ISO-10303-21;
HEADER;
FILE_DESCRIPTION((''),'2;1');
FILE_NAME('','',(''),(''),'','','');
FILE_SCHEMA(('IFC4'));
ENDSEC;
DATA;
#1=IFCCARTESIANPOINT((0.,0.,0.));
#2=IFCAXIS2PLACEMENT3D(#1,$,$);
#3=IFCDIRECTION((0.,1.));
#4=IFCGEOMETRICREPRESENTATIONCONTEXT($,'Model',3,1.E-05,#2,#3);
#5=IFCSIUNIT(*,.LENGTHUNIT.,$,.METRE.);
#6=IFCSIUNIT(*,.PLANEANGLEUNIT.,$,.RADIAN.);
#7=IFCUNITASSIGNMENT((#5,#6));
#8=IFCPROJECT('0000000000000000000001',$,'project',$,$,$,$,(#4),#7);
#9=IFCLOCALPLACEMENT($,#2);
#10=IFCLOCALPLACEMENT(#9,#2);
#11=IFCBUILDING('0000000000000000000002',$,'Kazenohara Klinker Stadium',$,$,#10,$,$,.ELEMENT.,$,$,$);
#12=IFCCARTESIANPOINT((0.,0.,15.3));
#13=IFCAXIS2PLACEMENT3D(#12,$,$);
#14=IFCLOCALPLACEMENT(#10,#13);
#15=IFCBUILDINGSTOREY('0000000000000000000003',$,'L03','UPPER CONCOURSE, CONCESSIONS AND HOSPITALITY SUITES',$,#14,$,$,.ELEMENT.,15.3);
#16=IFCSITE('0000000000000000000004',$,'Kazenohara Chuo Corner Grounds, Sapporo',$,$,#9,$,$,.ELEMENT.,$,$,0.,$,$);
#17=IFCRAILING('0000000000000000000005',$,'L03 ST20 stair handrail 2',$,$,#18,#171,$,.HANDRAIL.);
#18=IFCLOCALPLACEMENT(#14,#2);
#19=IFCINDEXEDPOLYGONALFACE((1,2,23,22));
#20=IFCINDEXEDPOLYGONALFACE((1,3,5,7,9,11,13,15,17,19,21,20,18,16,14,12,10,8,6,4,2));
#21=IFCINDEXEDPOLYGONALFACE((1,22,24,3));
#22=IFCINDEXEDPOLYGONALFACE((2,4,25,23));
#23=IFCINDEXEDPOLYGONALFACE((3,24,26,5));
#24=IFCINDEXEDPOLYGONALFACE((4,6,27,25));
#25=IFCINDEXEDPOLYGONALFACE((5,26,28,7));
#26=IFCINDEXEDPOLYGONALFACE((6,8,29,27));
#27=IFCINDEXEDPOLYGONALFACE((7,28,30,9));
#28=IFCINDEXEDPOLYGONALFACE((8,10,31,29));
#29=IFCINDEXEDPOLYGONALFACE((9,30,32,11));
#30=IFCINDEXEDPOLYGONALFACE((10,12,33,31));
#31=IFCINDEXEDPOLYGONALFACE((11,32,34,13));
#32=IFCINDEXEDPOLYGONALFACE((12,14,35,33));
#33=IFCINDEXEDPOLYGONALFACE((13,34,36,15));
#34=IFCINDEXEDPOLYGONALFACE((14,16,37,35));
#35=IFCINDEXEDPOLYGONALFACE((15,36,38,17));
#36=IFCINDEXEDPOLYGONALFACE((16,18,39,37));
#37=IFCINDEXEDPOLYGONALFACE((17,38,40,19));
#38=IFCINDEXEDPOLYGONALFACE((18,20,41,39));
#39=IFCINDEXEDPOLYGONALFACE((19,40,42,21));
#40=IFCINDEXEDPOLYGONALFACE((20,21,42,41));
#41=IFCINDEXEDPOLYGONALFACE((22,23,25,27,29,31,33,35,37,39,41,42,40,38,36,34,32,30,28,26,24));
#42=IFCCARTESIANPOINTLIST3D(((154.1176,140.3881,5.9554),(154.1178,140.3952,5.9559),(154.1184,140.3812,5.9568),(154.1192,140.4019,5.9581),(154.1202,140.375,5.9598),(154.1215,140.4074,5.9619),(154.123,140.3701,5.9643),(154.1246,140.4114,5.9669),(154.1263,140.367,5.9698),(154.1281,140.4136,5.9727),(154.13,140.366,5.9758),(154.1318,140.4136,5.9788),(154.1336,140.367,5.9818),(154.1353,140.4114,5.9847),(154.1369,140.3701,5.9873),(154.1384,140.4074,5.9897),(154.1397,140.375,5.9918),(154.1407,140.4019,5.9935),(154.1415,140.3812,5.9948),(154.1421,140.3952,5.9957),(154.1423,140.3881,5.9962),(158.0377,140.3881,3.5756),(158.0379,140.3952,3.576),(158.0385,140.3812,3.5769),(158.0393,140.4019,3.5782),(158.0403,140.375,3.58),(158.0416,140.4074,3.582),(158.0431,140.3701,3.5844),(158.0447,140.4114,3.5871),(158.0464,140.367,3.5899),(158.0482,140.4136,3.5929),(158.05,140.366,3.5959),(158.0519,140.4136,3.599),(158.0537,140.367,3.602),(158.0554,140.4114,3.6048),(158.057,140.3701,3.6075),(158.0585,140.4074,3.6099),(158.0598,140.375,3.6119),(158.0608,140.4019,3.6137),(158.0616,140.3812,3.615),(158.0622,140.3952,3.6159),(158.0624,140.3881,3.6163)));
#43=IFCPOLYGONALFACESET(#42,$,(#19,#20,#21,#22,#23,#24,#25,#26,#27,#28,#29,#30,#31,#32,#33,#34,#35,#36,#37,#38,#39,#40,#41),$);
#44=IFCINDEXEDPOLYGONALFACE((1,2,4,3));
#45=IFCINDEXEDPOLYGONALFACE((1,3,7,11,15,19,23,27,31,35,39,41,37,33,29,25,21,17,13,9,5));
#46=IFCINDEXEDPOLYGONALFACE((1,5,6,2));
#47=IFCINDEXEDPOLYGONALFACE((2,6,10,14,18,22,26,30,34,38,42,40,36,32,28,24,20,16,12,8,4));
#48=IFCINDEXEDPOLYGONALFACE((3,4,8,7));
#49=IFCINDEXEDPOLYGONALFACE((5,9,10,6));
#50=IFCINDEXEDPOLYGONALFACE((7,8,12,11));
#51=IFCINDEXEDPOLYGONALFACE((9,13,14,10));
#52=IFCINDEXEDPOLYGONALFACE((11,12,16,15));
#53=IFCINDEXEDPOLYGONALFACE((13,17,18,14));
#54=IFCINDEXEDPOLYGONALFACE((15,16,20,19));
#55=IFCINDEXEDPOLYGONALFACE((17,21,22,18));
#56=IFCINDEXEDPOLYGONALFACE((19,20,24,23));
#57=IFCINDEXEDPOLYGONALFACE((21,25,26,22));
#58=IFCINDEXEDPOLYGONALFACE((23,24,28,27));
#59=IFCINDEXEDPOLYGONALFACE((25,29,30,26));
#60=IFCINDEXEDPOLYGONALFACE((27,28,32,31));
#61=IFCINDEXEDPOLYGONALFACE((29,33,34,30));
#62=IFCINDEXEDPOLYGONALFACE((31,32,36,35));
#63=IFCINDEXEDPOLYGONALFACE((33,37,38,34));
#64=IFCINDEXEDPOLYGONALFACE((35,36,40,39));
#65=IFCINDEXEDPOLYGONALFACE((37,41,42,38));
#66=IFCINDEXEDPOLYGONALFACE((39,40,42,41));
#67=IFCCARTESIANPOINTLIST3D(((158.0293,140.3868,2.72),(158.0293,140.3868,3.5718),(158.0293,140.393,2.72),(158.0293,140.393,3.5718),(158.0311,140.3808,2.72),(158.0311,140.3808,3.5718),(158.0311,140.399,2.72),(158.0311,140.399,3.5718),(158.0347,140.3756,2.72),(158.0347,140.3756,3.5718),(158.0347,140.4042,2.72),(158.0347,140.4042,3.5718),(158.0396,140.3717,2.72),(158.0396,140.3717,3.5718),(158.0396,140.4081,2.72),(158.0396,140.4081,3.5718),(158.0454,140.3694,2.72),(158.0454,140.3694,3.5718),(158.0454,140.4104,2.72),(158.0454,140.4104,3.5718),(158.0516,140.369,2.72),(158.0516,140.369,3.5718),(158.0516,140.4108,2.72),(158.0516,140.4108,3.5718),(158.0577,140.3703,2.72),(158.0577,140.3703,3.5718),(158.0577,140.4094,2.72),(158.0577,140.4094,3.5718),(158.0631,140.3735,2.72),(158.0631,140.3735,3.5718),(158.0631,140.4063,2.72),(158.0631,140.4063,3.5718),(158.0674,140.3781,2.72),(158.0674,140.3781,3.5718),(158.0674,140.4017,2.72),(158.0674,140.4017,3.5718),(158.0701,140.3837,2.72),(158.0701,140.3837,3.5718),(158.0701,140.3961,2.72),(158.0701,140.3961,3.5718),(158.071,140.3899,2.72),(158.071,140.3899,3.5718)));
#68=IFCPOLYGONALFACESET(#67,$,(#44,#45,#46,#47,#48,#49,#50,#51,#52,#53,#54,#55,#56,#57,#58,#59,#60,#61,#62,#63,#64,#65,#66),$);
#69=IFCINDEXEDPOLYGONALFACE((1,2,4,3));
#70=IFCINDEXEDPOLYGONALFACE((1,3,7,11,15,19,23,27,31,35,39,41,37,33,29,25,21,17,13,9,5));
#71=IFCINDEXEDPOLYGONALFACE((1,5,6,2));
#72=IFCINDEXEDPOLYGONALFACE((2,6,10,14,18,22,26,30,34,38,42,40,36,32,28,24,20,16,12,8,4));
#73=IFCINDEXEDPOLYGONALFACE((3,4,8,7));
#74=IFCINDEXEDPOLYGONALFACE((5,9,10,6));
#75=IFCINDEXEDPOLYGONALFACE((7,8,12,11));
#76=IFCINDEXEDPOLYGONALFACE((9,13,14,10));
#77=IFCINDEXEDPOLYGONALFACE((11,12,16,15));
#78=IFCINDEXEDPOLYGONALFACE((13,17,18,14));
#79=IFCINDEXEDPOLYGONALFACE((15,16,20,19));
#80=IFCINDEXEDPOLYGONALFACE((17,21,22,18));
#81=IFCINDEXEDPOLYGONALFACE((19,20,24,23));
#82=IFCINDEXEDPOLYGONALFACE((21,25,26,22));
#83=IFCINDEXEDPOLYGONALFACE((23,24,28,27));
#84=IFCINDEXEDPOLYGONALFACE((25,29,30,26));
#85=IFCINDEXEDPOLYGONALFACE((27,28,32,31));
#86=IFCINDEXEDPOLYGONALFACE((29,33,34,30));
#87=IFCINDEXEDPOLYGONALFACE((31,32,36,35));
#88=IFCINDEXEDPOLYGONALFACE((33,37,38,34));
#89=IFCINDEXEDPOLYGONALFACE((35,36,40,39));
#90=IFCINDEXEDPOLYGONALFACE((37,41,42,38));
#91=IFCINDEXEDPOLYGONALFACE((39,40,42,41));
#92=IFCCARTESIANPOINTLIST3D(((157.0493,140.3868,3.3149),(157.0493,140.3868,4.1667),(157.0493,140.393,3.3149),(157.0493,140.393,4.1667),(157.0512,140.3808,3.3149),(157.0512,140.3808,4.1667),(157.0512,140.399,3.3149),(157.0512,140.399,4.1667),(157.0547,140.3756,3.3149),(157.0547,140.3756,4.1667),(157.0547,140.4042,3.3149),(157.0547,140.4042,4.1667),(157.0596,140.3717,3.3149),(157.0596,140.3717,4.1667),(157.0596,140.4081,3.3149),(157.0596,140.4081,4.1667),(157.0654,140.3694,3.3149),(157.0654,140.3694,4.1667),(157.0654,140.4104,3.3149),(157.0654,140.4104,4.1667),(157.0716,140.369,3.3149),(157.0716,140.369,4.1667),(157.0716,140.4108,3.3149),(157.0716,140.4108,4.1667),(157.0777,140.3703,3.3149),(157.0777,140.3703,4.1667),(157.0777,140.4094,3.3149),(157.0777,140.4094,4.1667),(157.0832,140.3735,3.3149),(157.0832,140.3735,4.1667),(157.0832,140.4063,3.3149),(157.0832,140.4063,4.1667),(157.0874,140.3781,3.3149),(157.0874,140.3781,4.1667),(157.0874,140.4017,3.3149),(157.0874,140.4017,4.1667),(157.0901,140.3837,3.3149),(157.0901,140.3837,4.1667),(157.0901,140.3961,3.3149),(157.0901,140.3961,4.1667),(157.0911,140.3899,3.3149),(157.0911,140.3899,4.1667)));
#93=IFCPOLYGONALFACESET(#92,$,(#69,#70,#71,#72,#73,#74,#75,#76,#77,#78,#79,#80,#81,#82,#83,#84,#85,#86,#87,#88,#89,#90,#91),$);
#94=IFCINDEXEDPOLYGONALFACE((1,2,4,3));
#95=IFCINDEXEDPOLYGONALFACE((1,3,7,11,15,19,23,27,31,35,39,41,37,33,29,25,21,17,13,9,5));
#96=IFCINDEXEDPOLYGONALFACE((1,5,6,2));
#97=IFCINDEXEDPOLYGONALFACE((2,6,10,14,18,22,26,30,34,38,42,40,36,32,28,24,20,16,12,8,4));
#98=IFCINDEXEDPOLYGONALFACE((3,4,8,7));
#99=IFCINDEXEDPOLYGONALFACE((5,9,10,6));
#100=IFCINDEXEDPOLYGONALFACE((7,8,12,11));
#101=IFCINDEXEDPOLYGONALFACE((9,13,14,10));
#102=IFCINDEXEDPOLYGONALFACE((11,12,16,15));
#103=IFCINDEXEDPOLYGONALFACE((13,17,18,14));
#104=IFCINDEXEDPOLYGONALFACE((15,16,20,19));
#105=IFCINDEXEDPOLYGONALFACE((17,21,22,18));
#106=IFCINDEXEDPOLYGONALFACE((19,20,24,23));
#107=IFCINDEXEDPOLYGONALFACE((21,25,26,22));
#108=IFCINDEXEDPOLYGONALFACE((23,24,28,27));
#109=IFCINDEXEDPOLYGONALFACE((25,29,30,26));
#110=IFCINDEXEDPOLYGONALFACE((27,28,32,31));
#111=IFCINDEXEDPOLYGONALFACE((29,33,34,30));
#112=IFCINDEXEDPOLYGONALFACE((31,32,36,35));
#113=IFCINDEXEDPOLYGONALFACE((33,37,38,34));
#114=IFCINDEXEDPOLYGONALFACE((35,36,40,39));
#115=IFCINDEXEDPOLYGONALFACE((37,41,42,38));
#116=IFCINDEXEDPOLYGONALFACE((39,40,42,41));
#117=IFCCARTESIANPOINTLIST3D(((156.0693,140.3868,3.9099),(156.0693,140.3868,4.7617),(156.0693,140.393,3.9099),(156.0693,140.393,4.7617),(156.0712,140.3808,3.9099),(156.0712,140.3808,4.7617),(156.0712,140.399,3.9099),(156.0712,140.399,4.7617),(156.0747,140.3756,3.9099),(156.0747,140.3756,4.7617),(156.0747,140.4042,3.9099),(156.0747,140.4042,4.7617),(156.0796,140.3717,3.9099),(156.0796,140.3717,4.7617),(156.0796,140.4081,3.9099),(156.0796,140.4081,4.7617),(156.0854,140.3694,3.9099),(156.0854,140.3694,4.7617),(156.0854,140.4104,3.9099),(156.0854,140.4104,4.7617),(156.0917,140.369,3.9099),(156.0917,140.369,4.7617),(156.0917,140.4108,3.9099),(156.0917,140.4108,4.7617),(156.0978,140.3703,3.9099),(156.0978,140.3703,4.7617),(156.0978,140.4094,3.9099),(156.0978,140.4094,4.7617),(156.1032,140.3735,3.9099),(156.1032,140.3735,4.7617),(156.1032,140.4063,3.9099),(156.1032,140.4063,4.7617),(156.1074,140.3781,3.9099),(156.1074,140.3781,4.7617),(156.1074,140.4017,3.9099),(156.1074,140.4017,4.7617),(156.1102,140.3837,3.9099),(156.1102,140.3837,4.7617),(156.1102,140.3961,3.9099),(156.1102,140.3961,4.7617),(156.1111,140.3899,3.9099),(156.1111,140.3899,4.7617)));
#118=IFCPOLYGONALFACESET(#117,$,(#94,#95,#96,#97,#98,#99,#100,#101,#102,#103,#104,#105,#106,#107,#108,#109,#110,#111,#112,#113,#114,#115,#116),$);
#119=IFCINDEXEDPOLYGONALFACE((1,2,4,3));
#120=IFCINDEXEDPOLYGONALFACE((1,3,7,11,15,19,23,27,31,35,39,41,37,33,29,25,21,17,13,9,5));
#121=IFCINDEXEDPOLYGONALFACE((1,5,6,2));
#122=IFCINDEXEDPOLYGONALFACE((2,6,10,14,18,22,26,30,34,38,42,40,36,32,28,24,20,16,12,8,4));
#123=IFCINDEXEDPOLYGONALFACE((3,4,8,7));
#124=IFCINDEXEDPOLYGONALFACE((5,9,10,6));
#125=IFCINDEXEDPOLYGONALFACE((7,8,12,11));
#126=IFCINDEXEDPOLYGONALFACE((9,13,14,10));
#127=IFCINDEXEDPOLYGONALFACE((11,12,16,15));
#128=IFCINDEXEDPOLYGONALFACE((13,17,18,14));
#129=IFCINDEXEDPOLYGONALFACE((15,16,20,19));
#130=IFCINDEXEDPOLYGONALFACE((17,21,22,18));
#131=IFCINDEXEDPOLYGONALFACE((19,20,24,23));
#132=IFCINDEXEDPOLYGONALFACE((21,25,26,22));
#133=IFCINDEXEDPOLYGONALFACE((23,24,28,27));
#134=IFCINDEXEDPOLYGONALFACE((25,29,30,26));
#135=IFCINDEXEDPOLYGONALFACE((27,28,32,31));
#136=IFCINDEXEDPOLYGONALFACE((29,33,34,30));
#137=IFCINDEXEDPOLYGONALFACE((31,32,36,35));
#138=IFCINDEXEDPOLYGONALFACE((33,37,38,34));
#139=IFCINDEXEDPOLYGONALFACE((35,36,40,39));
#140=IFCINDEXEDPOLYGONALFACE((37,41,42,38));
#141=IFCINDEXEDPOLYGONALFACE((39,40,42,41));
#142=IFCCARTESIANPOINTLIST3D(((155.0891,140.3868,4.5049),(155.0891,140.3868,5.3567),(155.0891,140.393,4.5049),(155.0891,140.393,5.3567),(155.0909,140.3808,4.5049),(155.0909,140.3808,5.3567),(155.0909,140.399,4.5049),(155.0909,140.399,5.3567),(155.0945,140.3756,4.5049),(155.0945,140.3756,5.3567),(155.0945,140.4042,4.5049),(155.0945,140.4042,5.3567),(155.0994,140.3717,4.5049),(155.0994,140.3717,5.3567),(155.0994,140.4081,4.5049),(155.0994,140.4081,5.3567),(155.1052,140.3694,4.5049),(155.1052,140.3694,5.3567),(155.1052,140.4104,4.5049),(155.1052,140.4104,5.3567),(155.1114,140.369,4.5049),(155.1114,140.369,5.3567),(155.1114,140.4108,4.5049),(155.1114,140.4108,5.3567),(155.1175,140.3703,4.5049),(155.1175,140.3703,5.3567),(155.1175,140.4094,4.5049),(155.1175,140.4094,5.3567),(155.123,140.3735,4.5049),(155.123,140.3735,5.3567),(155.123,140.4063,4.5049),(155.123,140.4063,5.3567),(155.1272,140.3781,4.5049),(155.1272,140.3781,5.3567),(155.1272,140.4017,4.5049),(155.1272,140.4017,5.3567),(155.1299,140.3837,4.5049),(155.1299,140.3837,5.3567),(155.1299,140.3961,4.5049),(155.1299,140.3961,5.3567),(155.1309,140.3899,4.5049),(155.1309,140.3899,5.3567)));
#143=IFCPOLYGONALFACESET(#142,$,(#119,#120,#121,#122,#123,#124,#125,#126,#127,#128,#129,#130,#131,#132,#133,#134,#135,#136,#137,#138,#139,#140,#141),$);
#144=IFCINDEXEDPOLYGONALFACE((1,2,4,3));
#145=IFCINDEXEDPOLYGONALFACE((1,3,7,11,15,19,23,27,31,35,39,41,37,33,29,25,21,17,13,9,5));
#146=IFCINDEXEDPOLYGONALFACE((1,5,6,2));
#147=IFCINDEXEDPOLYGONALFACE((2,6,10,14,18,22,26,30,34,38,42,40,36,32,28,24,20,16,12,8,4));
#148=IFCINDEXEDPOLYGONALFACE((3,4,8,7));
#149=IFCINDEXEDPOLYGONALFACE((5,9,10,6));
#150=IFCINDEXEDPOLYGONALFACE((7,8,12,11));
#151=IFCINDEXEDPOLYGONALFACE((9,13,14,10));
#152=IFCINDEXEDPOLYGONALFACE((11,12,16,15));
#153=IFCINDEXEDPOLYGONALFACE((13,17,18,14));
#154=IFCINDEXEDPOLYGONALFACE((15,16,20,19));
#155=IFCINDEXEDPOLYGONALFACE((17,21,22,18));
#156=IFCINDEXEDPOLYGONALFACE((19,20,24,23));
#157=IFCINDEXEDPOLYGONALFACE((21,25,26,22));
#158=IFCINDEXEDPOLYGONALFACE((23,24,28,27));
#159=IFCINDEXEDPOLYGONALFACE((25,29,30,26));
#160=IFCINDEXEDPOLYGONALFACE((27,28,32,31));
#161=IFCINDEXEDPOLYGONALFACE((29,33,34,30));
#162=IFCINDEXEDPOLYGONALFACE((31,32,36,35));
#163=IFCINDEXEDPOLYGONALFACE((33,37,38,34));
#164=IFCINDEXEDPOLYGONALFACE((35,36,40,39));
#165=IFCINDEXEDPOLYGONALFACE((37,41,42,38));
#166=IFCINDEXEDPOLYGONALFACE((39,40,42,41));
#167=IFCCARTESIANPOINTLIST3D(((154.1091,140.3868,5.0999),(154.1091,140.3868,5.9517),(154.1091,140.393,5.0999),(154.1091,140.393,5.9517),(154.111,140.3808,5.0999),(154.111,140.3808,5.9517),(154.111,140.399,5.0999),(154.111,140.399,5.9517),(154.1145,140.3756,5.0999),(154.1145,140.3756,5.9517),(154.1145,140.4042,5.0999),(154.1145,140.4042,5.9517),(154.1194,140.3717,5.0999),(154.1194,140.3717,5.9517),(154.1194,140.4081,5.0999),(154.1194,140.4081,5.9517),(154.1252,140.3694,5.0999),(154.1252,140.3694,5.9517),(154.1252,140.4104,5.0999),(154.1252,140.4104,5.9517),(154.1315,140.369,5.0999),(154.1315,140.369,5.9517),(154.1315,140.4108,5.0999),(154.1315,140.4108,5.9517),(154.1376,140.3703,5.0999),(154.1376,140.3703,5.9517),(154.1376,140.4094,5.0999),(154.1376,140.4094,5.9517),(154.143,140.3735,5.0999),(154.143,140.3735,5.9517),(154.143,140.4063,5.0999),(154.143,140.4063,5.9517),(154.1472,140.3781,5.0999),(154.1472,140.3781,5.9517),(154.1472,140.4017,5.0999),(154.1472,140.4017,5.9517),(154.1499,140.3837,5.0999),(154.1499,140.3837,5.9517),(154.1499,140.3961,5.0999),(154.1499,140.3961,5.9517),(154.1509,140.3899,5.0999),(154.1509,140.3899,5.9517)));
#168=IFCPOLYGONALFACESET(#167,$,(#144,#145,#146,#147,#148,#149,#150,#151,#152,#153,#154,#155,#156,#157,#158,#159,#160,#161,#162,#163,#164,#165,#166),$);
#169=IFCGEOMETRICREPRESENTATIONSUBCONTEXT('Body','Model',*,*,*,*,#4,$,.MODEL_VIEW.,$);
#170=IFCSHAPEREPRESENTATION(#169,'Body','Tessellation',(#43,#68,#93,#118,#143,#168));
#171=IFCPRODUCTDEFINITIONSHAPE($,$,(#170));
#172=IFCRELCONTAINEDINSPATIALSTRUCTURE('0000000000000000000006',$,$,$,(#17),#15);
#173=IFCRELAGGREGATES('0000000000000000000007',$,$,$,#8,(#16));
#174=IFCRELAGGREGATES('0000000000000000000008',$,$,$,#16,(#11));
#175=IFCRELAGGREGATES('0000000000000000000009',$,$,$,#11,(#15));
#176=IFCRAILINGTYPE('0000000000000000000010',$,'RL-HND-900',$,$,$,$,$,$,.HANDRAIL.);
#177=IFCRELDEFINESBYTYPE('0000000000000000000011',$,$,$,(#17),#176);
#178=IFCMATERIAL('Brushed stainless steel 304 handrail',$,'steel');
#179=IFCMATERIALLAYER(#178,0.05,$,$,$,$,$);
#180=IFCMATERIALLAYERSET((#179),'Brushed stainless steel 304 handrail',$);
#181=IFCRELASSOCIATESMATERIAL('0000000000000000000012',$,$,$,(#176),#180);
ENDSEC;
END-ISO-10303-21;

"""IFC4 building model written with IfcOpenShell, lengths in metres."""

from ifc_helpers import new_model, si_unit, direction, frame, origin, origin_2d, place, context, subcontext, project, spatial, circle, extrude, material, layer, layer_set, type_object, element, save


model = new_model("IFC4")

# Units and contexts
model_context = context("Model", 3, precision=1e-05, world=origin(), true_north=direction((0.0, 1.0)))
body_context = subcontext(model_context, "Body", "Model", "MODEL_VIEW")
ifc_project = project(units=[si_unit("LENGTHUNIT", "METRE"), si_unit("PLANEANGLEUNIT", "RADIAN")], contexts=[model_context])

# Site, building, storey
site_placement = place(None, origin())
site = spatial("IfcSite", under=ifc_project, at=site_placement, Name="Kazenohara Chuo Corner Grounds, Sapporo", CompositionType="ELEMENT", RefElevation=0.0)
building_placement = place(site_placement, origin())
building = spatial("IfcBuilding", under=site, at=building_placement, Name="Kazenohara Klinker Stadium", CompositionType="ELEMENT")
storey_placement = place(building_placement, frame((0.0, 0.0, 15.3)))
storey = spatial("IfcBuildingStorey", under=building, at=storey_placement, Name="L03", Description="UPPER CONCOURSE, CONCESSIONS AND HOSPITALITY SUITES", CompositionType="ELEMENT", Elevation=15.3)

# Railing
ifc_material_1 = material(Name="Brushed stainless steel 304 handrail", Category="steel")
ifc_layer_1 = layer(ifc_material_1, 0.05)
ifc_layer_set_1 = layer_set([ifc_layer_1], Name="Brushed stainless steel 304 handrail")
railing_type_1 = type_object("IfcRailingType", Name="RL-HND-900", PredefinedType="HANDRAIL", material=ifc_layer_set_1)
railing_1_placement = place(storey_placement, frame((158.05, 140.3899, 2.72)))
element("IfcRailing", 1, at=railing_1_placement, inside=storey, type_object=railing_type_1, Name="L03 ST20 stair handrail 2", PredefinedType="HANDRAIL", context=body_context, shape_type="SweptSolid", body=[
    extrude(circle(Radius=0.0239, at=origin_2d()), frame((0.0, 0.0, 0.876), z_axis=(-0.854809, 0.0, 0.518943), x_axis=(0.0, -1.0, 0.0)), (0.0, 0.0, 1.0), 4.5859),
    extrude(circle(Radius=0.021, at=origin_2d()), origin(), (0.0, 0.0, 1.0), 0.8518),
    extrude(circle(Radius=0.021, at=origin_2d()), frame((-0.98, 0.0, 0.595)), (0.0, 0.0, 1.0), 0.8518),
    extrude(circle(Radius=0.021, at=origin_2d()), frame((-1.96, 0.0, 1.1899)), (0.0, 0.0, 1.0), 0.8518),
    extrude(circle(Radius=0.021, at=origin_2d()), frame((-2.9402, 0.0, 1.7849)), (0.0, 0.0, 1.0), 0.8518),
    extrude(circle(Radius=0.021, at=origin_2d()), frame((-3.9202, 0.0, 2.3799)), (0.0, 0.0, 1.0), 0.8518),
])

save(model, "model.ifc")
